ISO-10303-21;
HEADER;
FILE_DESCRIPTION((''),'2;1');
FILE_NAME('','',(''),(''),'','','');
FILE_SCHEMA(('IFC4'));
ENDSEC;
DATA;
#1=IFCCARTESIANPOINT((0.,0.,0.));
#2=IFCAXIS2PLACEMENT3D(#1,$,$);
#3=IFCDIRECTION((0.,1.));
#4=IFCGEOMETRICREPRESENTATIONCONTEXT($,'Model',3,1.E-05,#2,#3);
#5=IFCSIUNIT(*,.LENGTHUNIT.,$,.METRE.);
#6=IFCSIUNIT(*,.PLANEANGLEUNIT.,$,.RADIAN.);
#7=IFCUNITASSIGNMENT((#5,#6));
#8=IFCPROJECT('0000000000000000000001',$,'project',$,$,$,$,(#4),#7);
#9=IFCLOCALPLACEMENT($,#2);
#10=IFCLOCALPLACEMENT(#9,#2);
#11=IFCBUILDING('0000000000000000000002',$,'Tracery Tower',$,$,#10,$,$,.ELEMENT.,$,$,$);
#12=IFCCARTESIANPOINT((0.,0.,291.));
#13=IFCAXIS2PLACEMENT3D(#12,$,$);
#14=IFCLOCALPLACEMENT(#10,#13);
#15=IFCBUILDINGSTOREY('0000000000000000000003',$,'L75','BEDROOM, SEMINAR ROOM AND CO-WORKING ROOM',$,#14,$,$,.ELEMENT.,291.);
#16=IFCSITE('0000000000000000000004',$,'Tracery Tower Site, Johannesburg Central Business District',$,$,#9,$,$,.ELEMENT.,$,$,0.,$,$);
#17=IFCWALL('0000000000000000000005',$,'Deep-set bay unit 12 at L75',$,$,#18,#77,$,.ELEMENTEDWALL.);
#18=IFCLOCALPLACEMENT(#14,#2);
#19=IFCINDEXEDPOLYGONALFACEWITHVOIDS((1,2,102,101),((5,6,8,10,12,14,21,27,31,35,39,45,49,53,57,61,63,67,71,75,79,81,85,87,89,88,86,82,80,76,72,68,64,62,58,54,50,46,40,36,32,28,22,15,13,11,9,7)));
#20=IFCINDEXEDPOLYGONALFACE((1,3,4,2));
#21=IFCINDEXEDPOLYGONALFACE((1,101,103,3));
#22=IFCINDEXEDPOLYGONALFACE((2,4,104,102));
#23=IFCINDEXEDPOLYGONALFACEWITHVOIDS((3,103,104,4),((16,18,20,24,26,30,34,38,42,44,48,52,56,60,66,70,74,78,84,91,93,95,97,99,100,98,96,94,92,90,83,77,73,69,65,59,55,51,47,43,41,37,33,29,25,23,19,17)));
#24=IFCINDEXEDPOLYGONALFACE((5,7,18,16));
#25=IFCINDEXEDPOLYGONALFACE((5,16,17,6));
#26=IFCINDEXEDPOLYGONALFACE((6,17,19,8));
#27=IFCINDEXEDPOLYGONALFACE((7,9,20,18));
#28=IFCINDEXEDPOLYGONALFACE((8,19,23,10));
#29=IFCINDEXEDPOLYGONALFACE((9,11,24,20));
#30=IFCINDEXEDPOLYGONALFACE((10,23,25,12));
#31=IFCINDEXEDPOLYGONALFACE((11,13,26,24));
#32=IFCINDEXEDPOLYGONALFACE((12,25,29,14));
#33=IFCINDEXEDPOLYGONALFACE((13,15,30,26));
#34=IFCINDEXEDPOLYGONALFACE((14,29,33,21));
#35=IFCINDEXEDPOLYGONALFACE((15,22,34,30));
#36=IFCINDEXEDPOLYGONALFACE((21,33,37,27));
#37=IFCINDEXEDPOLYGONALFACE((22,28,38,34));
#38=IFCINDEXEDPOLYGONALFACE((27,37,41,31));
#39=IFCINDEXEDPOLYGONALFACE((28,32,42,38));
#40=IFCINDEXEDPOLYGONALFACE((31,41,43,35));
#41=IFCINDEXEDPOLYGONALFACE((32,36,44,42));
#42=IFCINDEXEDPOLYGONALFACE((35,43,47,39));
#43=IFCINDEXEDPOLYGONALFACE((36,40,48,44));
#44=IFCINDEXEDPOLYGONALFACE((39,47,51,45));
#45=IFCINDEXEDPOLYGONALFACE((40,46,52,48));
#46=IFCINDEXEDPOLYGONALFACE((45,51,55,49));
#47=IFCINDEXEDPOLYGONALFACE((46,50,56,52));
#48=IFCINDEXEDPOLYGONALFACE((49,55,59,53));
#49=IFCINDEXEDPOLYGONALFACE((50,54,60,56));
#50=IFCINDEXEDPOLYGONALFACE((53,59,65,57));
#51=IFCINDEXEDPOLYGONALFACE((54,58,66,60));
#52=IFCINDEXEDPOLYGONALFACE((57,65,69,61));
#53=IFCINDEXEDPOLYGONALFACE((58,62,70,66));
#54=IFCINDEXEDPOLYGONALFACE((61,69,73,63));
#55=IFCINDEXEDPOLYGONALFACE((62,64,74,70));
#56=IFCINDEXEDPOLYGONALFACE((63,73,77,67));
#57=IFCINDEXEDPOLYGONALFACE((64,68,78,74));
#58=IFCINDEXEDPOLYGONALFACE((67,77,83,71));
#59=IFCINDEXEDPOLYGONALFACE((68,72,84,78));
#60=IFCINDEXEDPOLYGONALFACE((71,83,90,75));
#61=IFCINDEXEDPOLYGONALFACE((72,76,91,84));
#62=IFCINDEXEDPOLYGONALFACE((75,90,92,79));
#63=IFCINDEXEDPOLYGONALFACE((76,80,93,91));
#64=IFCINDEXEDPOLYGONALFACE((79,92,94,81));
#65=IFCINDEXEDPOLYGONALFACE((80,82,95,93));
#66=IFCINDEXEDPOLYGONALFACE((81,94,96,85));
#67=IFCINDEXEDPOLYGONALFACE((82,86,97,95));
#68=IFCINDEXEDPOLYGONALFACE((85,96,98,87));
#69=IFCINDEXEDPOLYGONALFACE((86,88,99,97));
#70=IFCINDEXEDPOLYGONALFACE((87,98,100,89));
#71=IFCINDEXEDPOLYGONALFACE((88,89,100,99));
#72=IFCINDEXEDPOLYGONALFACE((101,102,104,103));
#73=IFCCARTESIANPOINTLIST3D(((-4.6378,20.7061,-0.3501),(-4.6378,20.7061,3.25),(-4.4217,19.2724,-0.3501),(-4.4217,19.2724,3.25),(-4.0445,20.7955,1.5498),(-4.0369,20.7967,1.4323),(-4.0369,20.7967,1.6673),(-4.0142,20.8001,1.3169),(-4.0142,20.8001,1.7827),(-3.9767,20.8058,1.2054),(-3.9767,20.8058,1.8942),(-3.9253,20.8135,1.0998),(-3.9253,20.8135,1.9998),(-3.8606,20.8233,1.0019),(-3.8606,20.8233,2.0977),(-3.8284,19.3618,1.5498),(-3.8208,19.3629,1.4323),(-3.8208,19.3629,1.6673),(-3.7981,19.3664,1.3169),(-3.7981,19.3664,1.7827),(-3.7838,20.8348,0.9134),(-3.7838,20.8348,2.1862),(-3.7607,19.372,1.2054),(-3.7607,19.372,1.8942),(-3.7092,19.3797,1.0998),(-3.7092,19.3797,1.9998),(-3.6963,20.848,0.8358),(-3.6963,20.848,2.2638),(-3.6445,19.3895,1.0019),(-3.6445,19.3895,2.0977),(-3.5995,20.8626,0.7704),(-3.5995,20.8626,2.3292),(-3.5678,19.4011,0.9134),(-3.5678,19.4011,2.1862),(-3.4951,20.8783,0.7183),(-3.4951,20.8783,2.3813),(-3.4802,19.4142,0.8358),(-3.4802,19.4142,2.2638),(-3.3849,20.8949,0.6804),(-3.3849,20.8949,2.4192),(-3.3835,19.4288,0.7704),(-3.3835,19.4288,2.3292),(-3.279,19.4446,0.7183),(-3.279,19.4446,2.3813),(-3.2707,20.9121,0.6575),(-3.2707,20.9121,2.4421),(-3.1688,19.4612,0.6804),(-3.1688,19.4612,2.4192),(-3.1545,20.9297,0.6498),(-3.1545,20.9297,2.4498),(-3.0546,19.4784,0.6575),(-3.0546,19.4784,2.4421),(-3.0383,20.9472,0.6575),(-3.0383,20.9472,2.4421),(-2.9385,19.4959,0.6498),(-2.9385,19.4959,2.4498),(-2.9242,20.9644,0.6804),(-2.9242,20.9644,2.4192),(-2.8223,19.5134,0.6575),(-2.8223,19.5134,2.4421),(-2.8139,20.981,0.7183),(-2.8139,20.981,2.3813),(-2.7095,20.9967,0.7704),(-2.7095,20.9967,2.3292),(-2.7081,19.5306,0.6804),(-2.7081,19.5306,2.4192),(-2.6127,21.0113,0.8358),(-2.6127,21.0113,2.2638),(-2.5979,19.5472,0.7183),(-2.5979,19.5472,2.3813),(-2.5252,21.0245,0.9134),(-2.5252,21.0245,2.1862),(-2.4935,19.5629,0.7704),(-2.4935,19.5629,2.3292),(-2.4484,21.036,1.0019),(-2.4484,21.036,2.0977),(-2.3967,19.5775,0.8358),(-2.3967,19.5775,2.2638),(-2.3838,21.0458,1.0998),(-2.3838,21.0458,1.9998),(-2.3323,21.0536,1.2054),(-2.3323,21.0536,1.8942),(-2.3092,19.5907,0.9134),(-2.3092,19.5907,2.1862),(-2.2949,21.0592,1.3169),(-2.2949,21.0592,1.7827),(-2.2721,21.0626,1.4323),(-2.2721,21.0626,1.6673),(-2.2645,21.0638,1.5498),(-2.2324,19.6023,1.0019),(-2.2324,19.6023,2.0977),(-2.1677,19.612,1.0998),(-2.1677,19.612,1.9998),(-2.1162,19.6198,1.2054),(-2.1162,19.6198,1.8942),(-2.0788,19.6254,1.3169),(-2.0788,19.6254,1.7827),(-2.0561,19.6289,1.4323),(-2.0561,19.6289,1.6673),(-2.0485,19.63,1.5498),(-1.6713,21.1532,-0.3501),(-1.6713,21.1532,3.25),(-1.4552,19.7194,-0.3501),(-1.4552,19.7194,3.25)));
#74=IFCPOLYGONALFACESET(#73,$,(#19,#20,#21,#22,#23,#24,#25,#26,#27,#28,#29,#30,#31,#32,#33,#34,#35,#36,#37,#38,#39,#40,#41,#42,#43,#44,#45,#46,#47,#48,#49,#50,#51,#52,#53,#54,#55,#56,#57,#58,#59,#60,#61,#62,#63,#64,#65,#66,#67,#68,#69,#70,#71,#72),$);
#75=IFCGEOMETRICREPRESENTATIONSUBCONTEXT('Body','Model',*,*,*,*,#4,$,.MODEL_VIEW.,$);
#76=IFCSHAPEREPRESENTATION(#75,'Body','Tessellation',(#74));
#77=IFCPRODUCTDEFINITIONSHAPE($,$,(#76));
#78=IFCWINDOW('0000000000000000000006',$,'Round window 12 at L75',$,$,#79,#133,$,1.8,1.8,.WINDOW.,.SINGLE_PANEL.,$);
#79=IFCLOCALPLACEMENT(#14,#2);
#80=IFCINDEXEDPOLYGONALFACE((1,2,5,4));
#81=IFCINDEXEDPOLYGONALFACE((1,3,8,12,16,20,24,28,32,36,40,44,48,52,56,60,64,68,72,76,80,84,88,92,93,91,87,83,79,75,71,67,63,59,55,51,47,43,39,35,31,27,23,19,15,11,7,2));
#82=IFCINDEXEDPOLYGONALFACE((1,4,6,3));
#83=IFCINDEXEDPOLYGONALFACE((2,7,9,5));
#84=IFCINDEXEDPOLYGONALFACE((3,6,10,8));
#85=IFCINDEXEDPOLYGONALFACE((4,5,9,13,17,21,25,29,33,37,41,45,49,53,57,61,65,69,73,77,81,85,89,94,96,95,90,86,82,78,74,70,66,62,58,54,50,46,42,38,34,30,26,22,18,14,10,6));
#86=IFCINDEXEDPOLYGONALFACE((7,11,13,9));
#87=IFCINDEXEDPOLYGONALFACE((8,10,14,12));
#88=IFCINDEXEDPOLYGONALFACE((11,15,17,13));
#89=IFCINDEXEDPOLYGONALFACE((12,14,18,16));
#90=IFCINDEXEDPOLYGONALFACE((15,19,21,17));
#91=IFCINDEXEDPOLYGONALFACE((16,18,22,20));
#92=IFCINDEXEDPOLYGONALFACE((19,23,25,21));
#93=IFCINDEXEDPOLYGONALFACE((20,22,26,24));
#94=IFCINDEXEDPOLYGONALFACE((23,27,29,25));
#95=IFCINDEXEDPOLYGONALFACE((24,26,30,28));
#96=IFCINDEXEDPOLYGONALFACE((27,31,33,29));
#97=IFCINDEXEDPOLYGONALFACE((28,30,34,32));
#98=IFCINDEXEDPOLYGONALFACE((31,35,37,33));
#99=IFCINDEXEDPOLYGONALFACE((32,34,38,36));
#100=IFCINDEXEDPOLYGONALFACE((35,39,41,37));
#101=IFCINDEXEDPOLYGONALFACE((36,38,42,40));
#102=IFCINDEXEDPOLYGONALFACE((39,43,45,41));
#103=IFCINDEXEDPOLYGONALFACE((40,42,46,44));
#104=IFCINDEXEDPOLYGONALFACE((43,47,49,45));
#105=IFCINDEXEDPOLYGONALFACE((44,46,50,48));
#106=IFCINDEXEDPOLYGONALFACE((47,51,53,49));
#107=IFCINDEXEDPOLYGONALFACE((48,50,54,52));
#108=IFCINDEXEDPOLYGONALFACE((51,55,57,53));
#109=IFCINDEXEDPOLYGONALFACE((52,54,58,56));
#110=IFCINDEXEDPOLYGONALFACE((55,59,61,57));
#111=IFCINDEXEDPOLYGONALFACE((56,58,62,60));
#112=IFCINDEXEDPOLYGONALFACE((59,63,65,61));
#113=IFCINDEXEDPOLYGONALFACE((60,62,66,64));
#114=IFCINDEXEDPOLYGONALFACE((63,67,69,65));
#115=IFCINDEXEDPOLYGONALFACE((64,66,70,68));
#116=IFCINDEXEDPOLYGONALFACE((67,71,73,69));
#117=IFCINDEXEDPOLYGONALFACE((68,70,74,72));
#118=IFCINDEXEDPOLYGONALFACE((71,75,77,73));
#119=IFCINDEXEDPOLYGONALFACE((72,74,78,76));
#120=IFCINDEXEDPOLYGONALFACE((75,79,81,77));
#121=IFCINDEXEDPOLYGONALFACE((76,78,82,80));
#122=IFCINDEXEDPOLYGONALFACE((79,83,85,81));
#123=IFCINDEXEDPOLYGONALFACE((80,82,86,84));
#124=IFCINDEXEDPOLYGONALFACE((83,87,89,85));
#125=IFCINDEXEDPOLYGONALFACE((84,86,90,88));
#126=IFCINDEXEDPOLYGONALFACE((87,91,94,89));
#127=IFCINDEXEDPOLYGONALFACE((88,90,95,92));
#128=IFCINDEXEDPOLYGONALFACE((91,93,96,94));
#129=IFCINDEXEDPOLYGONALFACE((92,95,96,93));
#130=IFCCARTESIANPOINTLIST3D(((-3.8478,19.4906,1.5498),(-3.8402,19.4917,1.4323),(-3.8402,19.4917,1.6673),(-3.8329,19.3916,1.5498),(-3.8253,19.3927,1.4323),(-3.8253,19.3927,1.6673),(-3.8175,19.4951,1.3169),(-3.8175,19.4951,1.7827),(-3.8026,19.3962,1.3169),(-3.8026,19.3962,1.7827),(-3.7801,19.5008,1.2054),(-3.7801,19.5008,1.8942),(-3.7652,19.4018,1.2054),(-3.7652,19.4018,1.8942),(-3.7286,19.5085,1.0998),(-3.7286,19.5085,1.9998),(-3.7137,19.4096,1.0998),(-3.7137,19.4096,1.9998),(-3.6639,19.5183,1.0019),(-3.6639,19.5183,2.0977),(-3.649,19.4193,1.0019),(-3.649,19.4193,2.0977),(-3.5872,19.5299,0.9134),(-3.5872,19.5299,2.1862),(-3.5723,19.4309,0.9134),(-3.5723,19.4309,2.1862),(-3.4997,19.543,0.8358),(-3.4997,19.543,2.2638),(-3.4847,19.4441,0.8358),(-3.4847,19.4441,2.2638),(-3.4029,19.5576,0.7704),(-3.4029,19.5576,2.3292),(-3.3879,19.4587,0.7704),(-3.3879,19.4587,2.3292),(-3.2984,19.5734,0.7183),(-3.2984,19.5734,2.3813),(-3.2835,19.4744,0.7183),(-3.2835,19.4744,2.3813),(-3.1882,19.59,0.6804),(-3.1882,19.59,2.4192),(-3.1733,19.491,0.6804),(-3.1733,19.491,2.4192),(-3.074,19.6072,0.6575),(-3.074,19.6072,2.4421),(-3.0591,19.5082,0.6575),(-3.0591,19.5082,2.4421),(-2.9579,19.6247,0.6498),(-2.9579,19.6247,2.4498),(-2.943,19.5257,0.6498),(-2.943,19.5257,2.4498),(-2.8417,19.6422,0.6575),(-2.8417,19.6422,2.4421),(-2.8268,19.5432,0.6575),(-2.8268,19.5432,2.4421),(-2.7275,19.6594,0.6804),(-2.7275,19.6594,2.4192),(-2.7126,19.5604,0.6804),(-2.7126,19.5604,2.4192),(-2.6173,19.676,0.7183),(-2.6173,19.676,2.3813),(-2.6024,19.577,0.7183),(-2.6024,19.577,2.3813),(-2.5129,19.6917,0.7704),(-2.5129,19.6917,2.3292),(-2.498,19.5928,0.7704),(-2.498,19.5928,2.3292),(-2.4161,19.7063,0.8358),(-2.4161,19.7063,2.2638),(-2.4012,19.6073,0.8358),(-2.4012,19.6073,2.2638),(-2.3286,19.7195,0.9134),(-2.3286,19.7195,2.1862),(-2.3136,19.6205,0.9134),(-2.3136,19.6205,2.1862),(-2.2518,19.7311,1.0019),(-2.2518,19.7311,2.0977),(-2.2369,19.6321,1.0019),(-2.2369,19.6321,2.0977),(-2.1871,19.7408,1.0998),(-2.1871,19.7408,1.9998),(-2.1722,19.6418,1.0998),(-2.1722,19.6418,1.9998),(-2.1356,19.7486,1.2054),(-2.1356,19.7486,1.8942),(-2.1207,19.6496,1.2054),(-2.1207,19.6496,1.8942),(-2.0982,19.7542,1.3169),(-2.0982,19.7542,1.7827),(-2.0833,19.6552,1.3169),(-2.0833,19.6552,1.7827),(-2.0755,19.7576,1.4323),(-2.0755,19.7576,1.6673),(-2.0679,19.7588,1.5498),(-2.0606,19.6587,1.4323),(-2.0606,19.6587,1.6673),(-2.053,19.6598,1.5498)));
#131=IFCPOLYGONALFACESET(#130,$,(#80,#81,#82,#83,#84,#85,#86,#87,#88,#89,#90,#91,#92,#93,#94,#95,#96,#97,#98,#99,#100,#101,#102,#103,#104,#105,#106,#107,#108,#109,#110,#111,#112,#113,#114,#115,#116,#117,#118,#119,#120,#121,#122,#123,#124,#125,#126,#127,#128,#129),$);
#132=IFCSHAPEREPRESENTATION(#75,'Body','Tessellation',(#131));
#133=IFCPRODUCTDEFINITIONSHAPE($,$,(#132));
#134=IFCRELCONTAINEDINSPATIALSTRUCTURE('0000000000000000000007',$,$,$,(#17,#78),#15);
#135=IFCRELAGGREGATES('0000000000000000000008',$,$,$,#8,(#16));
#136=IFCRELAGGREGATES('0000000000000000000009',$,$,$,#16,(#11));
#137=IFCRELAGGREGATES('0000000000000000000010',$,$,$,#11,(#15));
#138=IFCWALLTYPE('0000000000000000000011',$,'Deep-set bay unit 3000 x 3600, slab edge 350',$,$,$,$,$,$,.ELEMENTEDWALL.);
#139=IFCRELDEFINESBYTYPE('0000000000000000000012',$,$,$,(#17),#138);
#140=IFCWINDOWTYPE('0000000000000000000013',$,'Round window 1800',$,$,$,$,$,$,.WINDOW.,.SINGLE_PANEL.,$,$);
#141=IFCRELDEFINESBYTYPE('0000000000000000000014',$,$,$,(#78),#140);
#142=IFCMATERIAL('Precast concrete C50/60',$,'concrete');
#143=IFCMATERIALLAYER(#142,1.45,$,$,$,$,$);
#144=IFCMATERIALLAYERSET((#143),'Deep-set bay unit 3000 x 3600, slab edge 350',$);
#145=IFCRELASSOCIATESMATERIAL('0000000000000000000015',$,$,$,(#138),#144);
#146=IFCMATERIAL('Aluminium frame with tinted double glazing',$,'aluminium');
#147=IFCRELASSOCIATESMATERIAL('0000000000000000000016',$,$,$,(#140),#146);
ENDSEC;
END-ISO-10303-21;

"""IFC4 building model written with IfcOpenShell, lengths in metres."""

from ifc_helpers import new_model, si_unit, direction, frame, frame_2d, origin, origin_2d, place, context, subcontext, project, spatial, rectangle, circle, extrude, material, layer, layer_set, type_object, element, fill, save


model = new_model("IFC4")

# Units and contexts
model_context = context("Model", 3, precision=1e-05, world=origin(), true_north=direction((0.0, 1.0)))
body_context = subcontext(model_context, "Body", "Model", "MODEL_VIEW")
ifc_project = project(units=[si_unit("LENGTHUNIT", "METRE"), si_unit("PLANEANGLEUNIT", "RADIAN")], contexts=[model_context])

# Site, building, storey
site_placement = place(None, origin())
site = spatial("IfcSite", under=ifc_project, at=site_placement, Name="Tracery Tower Site, Johannesburg Central Business District", CompositionType="ELEMENT", RefElevation=0.0)
building_placement = place(site_placement, origin())
building = spatial("IfcBuilding", under=site, at=building_placement, Name="Tracery Tower", CompositionType="ELEMENT")
storey_placement = place(building_placement, frame((0.0, 0.0, 291.0)))
storey = spatial("IfcBuildingStorey", under=building, at=storey_placement, Name="L75", Description="BEDROOM, SEMINAR ROOM AND CO-WORKING ROOM", CompositionType="ELEMENT", Elevation=291.0)

# Wall, opening, window
ifc_material_1 = material(Name="Precast concrete C50/60", Category="concrete")
ifc_layer_1 = layer(ifc_material_1, 1.45)
ifc_layer_set_1 = layer_set([ifc_layer_1], Name="Deep-set bay unit 3000 x 3600, slab edge 350")
wall_type_1 = type_object("IfcWallType", Name="Deep-set bay unit 3000 x 3600, slab edge 350", PredefinedType="ELEMENTEDWALL", material=ifc_layer_set_1)
wall_1_placement = place(storey_placement, frame((-1.5632, 20.4363, -0.3501), z_axis=(0.0, 0.0, 1.0), x_axis=(-0.988836, -0.149005, 0.0)))
wall_1 = element("IfcWall", 1, at=wall_1_placement, inside=storey, type_object=wall_type_1, Name="Deep-set bay unit 12 at L75", PredefinedType="ELEMENTEDWALL", context=body_context, shape_type="SweptSolid", body=[
    extrude(rectangle(XDim=3.0, YDim=1.45, at=frame_2d((1.5, 0.0))), origin(), (0.0, 0.0, 1.0), 3.6001),
])
opening_1_placement = place(wall_1_placement, frame((1.5, 0.0, 1.8999)))
opening_1 = element("IfcOpeningElement", 2, at=opening_1_placement, cuts=wall_1, PredefinedType="OPENING", context=body_context, shape_type="SweptSolid", body=[
    extrude(circle(Radius=0.9, at=origin_2d()), frame((0.0, 0.7349, 0.0), z_axis=(0.0, -1.0, 0.0), x_axis=(1.0, 0.0, 0.0)), (0.0, 0.0, 1.0), 1.47),
])
ifc_material_2 = material(Name="Aluminium frame with tinted double glazing", Category="aluminium")
window_type = type_object("IfcWindowType", Name="Round window 1800", PartitioningType="SINGLE_PANEL", PredefinedType="WINDOW", material=ifc_material_2)
window_1_placement = place(opening_1_placement, origin())
window_1 = element("IfcWindow", 3, at=window_1_placement, inside=storey, type_object=window_type, Name="Round window 12 at L75", OverallHeight=1.8, OverallWidth=1.8, PartitioningType="SINGLE_PANEL", PredefinedType="WINDOW", context=body_context, shape_type="SweptSolid", body=[
    extrude(circle(Radius=0.9, at=origin_2d()), frame((0.0, 0.6948, 0.0), z_axis=(0.0, -1.0, 0.0), x_axis=(1.0, 0.0, 0.0)), (0.0, 0.0, 1.0), 0.1001),
])
fill(opening_1, window_1)

save(model, "model.ifc")
